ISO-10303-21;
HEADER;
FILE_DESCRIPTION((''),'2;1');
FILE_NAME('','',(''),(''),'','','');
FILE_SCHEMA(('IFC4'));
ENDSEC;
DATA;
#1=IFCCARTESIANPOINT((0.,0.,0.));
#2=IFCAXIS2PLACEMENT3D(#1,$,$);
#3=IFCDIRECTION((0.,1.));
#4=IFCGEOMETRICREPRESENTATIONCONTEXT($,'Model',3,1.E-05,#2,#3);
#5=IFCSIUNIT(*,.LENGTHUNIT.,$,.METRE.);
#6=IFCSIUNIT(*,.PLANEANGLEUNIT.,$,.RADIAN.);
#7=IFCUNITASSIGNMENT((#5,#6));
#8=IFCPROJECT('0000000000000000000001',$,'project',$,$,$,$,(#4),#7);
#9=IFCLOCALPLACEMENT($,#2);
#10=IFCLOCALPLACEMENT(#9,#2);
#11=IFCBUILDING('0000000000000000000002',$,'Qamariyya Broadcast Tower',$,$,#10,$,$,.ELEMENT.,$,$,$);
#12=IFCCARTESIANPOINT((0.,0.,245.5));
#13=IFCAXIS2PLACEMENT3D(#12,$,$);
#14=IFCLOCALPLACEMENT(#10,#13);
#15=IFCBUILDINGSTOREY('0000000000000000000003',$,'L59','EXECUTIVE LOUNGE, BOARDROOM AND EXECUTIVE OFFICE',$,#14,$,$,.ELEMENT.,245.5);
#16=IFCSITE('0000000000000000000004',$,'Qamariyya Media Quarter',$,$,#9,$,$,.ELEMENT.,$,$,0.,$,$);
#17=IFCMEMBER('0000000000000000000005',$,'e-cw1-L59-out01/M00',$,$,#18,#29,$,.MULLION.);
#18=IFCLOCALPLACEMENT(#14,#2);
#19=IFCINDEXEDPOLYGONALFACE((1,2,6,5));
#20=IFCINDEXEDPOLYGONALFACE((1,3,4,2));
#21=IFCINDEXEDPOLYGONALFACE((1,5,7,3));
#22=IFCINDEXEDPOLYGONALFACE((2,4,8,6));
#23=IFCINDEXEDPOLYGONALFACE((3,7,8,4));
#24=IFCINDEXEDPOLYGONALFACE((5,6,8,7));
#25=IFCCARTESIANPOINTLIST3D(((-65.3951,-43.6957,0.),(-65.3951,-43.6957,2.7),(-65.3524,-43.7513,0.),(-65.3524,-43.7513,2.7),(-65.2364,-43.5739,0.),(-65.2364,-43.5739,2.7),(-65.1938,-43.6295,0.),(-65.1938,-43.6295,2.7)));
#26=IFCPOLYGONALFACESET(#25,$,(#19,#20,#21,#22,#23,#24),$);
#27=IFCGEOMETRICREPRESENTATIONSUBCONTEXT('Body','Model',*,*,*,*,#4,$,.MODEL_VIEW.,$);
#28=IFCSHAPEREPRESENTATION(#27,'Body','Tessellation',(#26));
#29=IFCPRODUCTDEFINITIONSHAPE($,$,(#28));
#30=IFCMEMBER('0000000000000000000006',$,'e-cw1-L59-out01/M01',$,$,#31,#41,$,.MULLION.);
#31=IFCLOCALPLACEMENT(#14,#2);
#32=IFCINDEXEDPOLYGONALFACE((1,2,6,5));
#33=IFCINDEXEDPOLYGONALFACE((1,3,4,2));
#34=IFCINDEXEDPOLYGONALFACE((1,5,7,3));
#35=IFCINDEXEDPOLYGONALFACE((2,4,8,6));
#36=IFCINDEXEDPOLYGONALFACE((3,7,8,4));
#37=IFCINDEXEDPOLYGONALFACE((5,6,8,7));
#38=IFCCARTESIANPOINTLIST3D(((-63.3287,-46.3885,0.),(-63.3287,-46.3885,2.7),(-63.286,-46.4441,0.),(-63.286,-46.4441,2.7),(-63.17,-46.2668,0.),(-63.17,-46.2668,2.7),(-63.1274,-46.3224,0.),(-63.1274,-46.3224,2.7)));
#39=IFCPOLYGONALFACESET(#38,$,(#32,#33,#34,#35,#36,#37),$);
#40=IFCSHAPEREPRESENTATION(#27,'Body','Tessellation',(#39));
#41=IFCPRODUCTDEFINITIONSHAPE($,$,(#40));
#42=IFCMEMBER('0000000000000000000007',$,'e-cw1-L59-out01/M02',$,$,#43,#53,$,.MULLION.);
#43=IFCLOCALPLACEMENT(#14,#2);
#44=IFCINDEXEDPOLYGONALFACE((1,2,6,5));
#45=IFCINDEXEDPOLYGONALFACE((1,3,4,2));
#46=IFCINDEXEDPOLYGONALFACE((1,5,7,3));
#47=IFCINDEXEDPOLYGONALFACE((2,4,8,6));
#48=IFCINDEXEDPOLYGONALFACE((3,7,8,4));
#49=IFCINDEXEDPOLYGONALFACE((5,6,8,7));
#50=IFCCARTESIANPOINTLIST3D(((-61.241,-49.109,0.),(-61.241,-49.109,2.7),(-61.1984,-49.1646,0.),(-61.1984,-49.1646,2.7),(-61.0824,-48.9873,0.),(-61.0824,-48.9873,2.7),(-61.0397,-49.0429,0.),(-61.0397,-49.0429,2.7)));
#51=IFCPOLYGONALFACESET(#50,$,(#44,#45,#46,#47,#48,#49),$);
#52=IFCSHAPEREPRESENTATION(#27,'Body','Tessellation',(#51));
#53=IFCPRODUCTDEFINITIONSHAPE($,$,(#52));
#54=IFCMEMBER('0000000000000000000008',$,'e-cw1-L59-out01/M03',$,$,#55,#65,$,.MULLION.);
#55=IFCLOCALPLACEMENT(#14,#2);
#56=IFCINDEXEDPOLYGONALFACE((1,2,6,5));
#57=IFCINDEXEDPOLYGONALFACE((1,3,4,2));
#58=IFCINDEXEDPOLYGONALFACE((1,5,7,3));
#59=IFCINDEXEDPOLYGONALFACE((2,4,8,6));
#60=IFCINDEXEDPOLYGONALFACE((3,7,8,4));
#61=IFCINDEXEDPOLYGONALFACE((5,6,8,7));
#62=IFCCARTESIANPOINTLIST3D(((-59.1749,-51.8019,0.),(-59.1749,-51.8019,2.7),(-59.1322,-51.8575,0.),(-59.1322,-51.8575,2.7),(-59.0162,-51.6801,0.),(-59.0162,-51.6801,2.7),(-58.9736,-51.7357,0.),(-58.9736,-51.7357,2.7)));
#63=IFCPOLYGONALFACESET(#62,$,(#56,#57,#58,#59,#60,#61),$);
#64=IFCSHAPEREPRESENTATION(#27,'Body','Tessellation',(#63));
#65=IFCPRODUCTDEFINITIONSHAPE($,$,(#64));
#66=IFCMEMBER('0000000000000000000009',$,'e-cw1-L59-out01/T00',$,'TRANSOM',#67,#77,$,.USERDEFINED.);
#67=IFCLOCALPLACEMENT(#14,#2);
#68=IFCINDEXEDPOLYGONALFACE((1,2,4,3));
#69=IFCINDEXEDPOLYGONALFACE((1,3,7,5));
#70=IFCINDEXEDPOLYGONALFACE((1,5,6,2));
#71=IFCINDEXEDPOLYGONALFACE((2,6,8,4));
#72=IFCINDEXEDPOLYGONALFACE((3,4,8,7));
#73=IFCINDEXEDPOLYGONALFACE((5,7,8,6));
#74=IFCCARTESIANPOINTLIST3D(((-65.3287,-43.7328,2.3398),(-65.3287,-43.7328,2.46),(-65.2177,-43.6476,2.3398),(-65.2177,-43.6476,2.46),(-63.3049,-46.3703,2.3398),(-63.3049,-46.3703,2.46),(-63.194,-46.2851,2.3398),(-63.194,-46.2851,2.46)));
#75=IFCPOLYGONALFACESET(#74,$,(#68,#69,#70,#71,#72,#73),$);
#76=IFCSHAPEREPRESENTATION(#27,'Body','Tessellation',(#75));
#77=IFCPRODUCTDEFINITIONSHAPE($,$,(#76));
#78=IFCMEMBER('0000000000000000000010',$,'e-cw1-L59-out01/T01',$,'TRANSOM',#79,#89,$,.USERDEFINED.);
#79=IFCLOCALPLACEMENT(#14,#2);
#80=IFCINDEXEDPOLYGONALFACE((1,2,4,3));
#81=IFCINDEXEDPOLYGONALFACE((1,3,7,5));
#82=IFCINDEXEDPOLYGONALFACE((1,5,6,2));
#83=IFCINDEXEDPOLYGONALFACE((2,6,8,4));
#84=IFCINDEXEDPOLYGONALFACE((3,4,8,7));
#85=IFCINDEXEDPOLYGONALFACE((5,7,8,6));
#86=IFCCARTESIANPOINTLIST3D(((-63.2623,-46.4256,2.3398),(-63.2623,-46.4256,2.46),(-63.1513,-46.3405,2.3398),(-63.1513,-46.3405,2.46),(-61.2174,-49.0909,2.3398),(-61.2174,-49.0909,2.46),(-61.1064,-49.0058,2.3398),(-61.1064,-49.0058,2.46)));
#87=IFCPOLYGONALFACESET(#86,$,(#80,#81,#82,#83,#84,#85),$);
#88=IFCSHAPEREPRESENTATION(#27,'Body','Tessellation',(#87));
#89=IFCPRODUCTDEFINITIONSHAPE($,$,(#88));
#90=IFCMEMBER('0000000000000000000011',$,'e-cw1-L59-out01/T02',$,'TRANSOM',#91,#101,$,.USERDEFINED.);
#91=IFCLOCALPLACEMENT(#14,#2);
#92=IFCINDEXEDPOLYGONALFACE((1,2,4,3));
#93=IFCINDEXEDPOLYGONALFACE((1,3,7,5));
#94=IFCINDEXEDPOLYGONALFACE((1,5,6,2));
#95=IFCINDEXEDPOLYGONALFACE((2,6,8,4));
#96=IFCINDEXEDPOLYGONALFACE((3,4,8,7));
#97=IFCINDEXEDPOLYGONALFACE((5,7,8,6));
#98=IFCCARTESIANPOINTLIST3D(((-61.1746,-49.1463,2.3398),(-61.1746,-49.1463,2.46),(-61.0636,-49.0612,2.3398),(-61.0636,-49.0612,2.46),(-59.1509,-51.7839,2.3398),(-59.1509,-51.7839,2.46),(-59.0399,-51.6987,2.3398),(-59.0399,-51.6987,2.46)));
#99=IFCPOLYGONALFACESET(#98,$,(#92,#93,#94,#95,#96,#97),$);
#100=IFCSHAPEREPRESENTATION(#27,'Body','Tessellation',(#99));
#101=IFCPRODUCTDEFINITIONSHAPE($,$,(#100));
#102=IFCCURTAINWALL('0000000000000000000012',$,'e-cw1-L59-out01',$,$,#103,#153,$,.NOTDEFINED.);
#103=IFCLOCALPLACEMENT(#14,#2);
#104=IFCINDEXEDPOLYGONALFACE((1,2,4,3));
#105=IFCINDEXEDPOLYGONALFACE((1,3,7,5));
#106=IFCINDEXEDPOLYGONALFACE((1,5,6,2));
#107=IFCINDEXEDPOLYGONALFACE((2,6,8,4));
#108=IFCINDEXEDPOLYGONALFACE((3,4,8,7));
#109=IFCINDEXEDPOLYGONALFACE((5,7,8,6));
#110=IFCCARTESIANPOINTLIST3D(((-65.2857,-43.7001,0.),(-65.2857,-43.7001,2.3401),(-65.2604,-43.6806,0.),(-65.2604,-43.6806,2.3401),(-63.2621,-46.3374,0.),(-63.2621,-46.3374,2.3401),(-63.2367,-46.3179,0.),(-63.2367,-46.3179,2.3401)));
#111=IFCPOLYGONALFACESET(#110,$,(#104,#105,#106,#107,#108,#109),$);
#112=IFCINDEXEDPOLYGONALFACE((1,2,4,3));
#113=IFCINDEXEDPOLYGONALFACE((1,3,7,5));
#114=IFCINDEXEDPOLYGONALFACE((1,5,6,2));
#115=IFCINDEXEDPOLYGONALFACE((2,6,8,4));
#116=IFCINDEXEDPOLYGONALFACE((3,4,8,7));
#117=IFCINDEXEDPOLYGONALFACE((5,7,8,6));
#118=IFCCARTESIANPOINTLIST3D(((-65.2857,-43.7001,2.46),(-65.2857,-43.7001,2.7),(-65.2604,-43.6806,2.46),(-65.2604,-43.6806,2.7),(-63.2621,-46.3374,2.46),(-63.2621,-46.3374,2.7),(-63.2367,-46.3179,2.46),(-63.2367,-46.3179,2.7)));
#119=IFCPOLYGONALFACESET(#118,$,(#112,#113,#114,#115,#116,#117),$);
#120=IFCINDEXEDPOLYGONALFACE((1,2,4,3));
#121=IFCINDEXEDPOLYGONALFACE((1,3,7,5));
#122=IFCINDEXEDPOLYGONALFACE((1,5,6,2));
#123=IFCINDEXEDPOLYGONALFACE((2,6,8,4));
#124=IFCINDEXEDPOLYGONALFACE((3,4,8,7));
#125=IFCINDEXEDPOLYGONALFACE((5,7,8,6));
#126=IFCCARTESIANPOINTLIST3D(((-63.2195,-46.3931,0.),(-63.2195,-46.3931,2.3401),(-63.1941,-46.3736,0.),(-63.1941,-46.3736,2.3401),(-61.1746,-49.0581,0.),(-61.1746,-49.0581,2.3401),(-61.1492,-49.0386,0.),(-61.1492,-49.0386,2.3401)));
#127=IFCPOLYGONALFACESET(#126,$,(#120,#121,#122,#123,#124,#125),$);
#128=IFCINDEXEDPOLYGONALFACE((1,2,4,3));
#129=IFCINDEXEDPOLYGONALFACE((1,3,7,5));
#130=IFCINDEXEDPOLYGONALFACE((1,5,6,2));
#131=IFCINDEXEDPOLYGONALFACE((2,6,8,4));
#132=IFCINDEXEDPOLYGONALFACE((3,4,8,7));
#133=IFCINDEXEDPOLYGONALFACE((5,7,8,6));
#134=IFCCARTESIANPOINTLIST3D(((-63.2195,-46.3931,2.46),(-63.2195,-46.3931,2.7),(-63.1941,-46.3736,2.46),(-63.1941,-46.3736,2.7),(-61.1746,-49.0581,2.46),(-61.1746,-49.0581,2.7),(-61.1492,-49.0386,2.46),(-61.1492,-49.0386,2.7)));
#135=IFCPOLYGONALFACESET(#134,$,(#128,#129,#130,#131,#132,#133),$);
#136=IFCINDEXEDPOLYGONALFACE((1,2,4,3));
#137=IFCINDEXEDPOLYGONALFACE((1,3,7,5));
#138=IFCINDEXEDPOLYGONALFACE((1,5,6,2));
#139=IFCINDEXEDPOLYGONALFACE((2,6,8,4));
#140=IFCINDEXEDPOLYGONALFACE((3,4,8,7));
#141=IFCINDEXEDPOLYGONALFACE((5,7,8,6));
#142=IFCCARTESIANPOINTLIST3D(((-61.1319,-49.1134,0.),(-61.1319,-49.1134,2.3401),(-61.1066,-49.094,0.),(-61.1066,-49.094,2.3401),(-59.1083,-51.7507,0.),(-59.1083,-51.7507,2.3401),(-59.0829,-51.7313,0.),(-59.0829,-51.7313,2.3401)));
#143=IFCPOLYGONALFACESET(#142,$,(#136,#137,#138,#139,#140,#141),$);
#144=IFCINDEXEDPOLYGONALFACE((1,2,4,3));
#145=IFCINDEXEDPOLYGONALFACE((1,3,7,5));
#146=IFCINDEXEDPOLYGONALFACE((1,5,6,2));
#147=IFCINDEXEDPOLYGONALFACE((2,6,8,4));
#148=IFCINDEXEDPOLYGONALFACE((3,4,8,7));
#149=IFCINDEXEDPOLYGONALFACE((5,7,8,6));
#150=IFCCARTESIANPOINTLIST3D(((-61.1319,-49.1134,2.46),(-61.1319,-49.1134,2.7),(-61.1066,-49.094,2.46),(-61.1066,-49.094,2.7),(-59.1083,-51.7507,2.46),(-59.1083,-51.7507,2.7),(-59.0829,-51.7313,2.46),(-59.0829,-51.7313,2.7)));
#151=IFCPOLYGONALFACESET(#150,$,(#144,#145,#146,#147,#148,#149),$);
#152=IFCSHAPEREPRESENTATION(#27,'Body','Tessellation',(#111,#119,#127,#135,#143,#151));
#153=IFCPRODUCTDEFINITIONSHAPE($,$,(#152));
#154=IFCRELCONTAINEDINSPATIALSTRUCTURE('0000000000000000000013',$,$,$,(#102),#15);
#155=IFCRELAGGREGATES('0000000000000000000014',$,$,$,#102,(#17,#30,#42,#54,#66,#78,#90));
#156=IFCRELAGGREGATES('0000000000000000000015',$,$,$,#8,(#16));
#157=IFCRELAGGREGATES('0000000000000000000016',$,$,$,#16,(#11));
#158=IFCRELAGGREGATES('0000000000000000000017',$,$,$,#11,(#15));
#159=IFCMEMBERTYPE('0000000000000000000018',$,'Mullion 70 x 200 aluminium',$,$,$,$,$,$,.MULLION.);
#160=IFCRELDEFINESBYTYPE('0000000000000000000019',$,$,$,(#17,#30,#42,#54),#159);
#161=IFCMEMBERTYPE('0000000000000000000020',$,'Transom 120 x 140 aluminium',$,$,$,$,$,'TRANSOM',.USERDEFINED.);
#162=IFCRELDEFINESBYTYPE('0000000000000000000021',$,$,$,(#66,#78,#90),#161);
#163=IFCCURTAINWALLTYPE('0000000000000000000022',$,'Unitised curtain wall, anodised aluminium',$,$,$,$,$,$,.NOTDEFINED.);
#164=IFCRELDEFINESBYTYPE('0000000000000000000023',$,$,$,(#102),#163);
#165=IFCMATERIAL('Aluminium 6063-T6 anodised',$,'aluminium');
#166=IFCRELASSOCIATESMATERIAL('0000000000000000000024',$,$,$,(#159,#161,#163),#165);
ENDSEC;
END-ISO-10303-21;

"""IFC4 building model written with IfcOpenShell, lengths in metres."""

from ifc_helpers import new_model, si_unit, direction, frame, origin, origin_2d, place, context, subcontext, project, spatial, rectangle, extrude, material, material_profile, profile_set, type_object, element, aggregate, save


model = new_model("IFC4")

# Units and contexts
model_context = context("Model", 3, precision=1e-05, world=origin(), true_north=direction((0.0, 1.0)))
body_context = subcontext(model_context, "Body", "Model", "MODEL_VIEW")
ifc_project = project(units=[si_unit("LENGTHUNIT", "METRE"), si_unit("PLANEANGLEUNIT", "RADIAN")], contexts=[model_context])

# Members
ifc_material = material(Name="Aluminium 6063-T6 anodised", Category="aluminium")
ifc_material_profile_1 = material_profile(ifc_material, rectangle(XDim=0.2, YDim=0.0701, at=origin_2d()))
ifc_profile_set_1 = profile_set([ifc_material_profile_1], Name="Aluminium 6063-T6 anodised")
member_type_1 = type_object("IfcMemberType", Name="Mullion 70 x 200 aluminium", PredefinedType="MULLION", material=ifc_profile_set_1)
site_placement = place(None, origin())
building_placement = place(site_placement, origin())
storey_placement = place(building_placement, frame((0.0, 0.0, 245.5)))
member_1_placement = place(storey_placement, frame((-65.2944, -43.6626, 0.0), z_axis=(0.0, 0.0, 1.0), x_axis=(0.793353, 0.608761, 0.0)))
member_1 = element("IfcMember", 1, at=member_1_placement, type_object=member_type_1, Name="e-cw1-L59-out01/M00", PredefinedType="MULLION", context=body_context, shape_type="SweptSolid", body=[
    extrude(rectangle(XDim=0.2, YDim=0.0701, at=origin_2d()), origin(), (0.0, 0.0, 1.0), 2.7),
])
member_2_placement = place(storey_placement, frame((-63.228, -46.3555, 0.0), z_axis=(0.0, 0.0, 1.0), x_axis=(0.793353, 0.608761, 0.0)))
member_2 = element("IfcMember", 2, at=member_2_placement, type_object=member_type_1, Name="e-cw1-L59-out01/M01", PredefinedType="MULLION", context=body_context, shape_type="SweptSolid", body=[
    extrude(rectangle(XDim=0.2, YDim=0.0701, at=origin_2d()), origin(), (0.0, 0.0, 1.0), 2.7),
])
member_3_placement = place(storey_placement, frame((-61.1404, -49.0759, 0.0), z_axis=(0.0, 0.0, 1.0), x_axis=(0.793353, 0.608761, 0.0)))
member_3 = element("IfcMember", 3, at=member_3_placement, type_object=member_type_1, Name="e-cw1-L59-out01/M02", PredefinedType="MULLION", context=body_context, shape_type="SweptSolid", body=[
    extrude(rectangle(XDim=0.2, YDim=0.0701, at=origin_2d()), origin(), (0.0, 0.0, 1.0), 2.7),
])
member_4_placement = place(storey_placement, frame((-59.0742, -51.7688, 0.0), z_axis=(0.0, 0.0, 1.0), x_axis=(0.793353, 0.608761, 0.0)))
member_4 = element("IfcMember", 4, at=member_4_placement, type_object=member_type_1, Name="e-cw1-L59-out01/M03", PredefinedType="MULLION", context=body_context, shape_type="SweptSolid", body=[
    extrude(rectangle(XDim=0.2, YDim=0.0701, at=origin_2d()), origin(), (0.0, 0.0, 1.0), 2.7),
])
ifc_material_profile_2 = material_profile(ifc_material, rectangle(XDim=0.1399, YDim=0.1201, at=origin_2d()))
ifc_profile_set_2 = profile_set([ifc_material_profile_2], Name="Aluminium 6063-T6 anodised")
member_type_2 = type_object("IfcMemberType", Name="Transom 120 x 140 aluminium", ElementType="TRANSOM", PredefinedType="USERDEFINED", material=ifc_profile_set_2)
member_5_placement = place(storey_placement, frame((-65.2732, -43.6902, 2.3999), z_axis=(0.608741, -0.793369, 0.0), x_axis=(0.793369, 0.608741, 0.0)))
member_5 = element("IfcMember", 5, at=member_5_placement, type_object=member_type_2, Name="e-cw1-L59-out01/T00", ObjectType="TRANSOM", PredefinedType="USERDEFINED", context=body_context, shape_type="SweptSolid", body=[
    extrude(rectangle(XDim=0.1399, YDim=0.1201, at=origin_2d()), origin(), (0.0, 0.0, 1.0), 3.3245),
])
member_6_placement = place(storey_placement, frame((-63.2068, -46.3831, 2.3999), z_axis=(0.60872, -0.793385, 0.0), x_axis=(0.793385, 0.60872, 0.0)))
member_6 = element("IfcMember", 6, at=member_6_placement, type_object=member_type_2, Name="e-cw1-L59-out01/T01", ObjectType="TRANSOM", PredefinedType="USERDEFINED", context=body_context, shape_type="SweptSolid", body=[
    extrude(rectangle(XDim=0.1399, YDim=0.1201, at=origin_2d()), origin(), (0.0, 0.0, 1.0), 3.3594),
])
member_7_placement = place(storey_placement, frame((-61.1191, -49.1038, 2.3999), z_axis=(0.608741, -0.793369, 0.0), x_axis=(0.793369, 0.608741, 0.0)))
member_7 = element("IfcMember", 7, at=member_7_placement, type_object=member_type_2, Name="e-cw1-L59-out01/T02", ObjectType="TRANSOM", PredefinedType="USERDEFINED", context=body_context, shape_type="SweptSolid", body=[
    extrude(rectangle(XDim=0.1399, YDim=0.1201, at=origin_2d()), origin(), (0.0, 0.0, 1.0), 3.3245),
])

# Site, building, storey
site = spatial("IfcSite", under=ifc_project, at=site_placement, Name="Qamariyya Media Quarter", CompositionType="ELEMENT", RefElevation=0.0)
building = spatial("IfcBuilding", under=site, at=building_placement, Name="Qamariyya Broadcast Tower", CompositionType="ELEMENT")
storey = spatial("IfcBuildingStorey", under=building, at=storey_placement, Name="L59", Description="EXECUTIVE LOUNGE, BOARDROOM AND EXECUTIVE OFFICE", CompositionType="ELEMENT", Elevation=245.5)

# Curtain wall
curtain_wall_type = type_object("IfcCurtainWallType", Name="Unitised curtain wall, anodised aluminium", PredefinedType="NOTDEFINED", material=ifc_material)
curtain_wall_1_placement = place(storey_placement, origin())
curtain_wall_1 = element("IfcCurtainWall", 8, at=curtain_wall_1_placement, inside=storey, type_object=curtain_wall_type, Name="e-cw1-L59-out01", PredefinedType="NOTDEFINED", context=body_context, shape_type="SweptSolid", body=[
    extrude(rectangle(XDim=3.3242, YDim=0.032, at=origin_2d()), frame((-64.2612, -45.009, 0.0), x_axis=(0.608754, -0.793359, 0.0)), (0.0, 0.0, 1.0), 2.3401),
    extrude(rectangle(XDim=3.3242, YDim=0.032, at=origin_2d()), frame((-64.2612, -45.009, 2.46), x_axis=(0.608754, -0.793359, 0.0)), (0.0, 0.0, 1.0), 0.24),
    extrude(rectangle(XDim=3.3591, YDim=0.032, at=origin_2d()), frame((-62.1843, -47.7158, 0.0), x_axis=(0.608754, -0.793359, 0.0)), (0.0, 0.0, 1.0), 2.3401),
    extrude(rectangle(XDim=3.3591, YDim=0.032, at=origin_2d()), frame((-62.1843, -47.7158, 2.46), x_axis=(0.608754, -0.793359, 0.0)), (0.0, 0.0, 1.0), 0.24),
    extrude(rectangle(XDim=3.3242, YDim=0.032, at=origin_2d()), frame((-60.1074, -50.4224, 0.0), x_axis=(0.608754, -0.793359, 0.0)), (0.0, 0.0, 1.0), 2.3401),
    extrude(rectangle(XDim=3.3242, YDim=0.032, at=origin_2d()), frame((-60.1074, -50.4224, 2.46), x_axis=(0.608754, -0.793359, 0.0)), (0.0, 0.0, 1.0), 0.24),
])
aggregate(curtain_wall_1, [member_1, member_2, member_3, member_4, member_5, member_6, member_7])

save(model, "model.ifc")
